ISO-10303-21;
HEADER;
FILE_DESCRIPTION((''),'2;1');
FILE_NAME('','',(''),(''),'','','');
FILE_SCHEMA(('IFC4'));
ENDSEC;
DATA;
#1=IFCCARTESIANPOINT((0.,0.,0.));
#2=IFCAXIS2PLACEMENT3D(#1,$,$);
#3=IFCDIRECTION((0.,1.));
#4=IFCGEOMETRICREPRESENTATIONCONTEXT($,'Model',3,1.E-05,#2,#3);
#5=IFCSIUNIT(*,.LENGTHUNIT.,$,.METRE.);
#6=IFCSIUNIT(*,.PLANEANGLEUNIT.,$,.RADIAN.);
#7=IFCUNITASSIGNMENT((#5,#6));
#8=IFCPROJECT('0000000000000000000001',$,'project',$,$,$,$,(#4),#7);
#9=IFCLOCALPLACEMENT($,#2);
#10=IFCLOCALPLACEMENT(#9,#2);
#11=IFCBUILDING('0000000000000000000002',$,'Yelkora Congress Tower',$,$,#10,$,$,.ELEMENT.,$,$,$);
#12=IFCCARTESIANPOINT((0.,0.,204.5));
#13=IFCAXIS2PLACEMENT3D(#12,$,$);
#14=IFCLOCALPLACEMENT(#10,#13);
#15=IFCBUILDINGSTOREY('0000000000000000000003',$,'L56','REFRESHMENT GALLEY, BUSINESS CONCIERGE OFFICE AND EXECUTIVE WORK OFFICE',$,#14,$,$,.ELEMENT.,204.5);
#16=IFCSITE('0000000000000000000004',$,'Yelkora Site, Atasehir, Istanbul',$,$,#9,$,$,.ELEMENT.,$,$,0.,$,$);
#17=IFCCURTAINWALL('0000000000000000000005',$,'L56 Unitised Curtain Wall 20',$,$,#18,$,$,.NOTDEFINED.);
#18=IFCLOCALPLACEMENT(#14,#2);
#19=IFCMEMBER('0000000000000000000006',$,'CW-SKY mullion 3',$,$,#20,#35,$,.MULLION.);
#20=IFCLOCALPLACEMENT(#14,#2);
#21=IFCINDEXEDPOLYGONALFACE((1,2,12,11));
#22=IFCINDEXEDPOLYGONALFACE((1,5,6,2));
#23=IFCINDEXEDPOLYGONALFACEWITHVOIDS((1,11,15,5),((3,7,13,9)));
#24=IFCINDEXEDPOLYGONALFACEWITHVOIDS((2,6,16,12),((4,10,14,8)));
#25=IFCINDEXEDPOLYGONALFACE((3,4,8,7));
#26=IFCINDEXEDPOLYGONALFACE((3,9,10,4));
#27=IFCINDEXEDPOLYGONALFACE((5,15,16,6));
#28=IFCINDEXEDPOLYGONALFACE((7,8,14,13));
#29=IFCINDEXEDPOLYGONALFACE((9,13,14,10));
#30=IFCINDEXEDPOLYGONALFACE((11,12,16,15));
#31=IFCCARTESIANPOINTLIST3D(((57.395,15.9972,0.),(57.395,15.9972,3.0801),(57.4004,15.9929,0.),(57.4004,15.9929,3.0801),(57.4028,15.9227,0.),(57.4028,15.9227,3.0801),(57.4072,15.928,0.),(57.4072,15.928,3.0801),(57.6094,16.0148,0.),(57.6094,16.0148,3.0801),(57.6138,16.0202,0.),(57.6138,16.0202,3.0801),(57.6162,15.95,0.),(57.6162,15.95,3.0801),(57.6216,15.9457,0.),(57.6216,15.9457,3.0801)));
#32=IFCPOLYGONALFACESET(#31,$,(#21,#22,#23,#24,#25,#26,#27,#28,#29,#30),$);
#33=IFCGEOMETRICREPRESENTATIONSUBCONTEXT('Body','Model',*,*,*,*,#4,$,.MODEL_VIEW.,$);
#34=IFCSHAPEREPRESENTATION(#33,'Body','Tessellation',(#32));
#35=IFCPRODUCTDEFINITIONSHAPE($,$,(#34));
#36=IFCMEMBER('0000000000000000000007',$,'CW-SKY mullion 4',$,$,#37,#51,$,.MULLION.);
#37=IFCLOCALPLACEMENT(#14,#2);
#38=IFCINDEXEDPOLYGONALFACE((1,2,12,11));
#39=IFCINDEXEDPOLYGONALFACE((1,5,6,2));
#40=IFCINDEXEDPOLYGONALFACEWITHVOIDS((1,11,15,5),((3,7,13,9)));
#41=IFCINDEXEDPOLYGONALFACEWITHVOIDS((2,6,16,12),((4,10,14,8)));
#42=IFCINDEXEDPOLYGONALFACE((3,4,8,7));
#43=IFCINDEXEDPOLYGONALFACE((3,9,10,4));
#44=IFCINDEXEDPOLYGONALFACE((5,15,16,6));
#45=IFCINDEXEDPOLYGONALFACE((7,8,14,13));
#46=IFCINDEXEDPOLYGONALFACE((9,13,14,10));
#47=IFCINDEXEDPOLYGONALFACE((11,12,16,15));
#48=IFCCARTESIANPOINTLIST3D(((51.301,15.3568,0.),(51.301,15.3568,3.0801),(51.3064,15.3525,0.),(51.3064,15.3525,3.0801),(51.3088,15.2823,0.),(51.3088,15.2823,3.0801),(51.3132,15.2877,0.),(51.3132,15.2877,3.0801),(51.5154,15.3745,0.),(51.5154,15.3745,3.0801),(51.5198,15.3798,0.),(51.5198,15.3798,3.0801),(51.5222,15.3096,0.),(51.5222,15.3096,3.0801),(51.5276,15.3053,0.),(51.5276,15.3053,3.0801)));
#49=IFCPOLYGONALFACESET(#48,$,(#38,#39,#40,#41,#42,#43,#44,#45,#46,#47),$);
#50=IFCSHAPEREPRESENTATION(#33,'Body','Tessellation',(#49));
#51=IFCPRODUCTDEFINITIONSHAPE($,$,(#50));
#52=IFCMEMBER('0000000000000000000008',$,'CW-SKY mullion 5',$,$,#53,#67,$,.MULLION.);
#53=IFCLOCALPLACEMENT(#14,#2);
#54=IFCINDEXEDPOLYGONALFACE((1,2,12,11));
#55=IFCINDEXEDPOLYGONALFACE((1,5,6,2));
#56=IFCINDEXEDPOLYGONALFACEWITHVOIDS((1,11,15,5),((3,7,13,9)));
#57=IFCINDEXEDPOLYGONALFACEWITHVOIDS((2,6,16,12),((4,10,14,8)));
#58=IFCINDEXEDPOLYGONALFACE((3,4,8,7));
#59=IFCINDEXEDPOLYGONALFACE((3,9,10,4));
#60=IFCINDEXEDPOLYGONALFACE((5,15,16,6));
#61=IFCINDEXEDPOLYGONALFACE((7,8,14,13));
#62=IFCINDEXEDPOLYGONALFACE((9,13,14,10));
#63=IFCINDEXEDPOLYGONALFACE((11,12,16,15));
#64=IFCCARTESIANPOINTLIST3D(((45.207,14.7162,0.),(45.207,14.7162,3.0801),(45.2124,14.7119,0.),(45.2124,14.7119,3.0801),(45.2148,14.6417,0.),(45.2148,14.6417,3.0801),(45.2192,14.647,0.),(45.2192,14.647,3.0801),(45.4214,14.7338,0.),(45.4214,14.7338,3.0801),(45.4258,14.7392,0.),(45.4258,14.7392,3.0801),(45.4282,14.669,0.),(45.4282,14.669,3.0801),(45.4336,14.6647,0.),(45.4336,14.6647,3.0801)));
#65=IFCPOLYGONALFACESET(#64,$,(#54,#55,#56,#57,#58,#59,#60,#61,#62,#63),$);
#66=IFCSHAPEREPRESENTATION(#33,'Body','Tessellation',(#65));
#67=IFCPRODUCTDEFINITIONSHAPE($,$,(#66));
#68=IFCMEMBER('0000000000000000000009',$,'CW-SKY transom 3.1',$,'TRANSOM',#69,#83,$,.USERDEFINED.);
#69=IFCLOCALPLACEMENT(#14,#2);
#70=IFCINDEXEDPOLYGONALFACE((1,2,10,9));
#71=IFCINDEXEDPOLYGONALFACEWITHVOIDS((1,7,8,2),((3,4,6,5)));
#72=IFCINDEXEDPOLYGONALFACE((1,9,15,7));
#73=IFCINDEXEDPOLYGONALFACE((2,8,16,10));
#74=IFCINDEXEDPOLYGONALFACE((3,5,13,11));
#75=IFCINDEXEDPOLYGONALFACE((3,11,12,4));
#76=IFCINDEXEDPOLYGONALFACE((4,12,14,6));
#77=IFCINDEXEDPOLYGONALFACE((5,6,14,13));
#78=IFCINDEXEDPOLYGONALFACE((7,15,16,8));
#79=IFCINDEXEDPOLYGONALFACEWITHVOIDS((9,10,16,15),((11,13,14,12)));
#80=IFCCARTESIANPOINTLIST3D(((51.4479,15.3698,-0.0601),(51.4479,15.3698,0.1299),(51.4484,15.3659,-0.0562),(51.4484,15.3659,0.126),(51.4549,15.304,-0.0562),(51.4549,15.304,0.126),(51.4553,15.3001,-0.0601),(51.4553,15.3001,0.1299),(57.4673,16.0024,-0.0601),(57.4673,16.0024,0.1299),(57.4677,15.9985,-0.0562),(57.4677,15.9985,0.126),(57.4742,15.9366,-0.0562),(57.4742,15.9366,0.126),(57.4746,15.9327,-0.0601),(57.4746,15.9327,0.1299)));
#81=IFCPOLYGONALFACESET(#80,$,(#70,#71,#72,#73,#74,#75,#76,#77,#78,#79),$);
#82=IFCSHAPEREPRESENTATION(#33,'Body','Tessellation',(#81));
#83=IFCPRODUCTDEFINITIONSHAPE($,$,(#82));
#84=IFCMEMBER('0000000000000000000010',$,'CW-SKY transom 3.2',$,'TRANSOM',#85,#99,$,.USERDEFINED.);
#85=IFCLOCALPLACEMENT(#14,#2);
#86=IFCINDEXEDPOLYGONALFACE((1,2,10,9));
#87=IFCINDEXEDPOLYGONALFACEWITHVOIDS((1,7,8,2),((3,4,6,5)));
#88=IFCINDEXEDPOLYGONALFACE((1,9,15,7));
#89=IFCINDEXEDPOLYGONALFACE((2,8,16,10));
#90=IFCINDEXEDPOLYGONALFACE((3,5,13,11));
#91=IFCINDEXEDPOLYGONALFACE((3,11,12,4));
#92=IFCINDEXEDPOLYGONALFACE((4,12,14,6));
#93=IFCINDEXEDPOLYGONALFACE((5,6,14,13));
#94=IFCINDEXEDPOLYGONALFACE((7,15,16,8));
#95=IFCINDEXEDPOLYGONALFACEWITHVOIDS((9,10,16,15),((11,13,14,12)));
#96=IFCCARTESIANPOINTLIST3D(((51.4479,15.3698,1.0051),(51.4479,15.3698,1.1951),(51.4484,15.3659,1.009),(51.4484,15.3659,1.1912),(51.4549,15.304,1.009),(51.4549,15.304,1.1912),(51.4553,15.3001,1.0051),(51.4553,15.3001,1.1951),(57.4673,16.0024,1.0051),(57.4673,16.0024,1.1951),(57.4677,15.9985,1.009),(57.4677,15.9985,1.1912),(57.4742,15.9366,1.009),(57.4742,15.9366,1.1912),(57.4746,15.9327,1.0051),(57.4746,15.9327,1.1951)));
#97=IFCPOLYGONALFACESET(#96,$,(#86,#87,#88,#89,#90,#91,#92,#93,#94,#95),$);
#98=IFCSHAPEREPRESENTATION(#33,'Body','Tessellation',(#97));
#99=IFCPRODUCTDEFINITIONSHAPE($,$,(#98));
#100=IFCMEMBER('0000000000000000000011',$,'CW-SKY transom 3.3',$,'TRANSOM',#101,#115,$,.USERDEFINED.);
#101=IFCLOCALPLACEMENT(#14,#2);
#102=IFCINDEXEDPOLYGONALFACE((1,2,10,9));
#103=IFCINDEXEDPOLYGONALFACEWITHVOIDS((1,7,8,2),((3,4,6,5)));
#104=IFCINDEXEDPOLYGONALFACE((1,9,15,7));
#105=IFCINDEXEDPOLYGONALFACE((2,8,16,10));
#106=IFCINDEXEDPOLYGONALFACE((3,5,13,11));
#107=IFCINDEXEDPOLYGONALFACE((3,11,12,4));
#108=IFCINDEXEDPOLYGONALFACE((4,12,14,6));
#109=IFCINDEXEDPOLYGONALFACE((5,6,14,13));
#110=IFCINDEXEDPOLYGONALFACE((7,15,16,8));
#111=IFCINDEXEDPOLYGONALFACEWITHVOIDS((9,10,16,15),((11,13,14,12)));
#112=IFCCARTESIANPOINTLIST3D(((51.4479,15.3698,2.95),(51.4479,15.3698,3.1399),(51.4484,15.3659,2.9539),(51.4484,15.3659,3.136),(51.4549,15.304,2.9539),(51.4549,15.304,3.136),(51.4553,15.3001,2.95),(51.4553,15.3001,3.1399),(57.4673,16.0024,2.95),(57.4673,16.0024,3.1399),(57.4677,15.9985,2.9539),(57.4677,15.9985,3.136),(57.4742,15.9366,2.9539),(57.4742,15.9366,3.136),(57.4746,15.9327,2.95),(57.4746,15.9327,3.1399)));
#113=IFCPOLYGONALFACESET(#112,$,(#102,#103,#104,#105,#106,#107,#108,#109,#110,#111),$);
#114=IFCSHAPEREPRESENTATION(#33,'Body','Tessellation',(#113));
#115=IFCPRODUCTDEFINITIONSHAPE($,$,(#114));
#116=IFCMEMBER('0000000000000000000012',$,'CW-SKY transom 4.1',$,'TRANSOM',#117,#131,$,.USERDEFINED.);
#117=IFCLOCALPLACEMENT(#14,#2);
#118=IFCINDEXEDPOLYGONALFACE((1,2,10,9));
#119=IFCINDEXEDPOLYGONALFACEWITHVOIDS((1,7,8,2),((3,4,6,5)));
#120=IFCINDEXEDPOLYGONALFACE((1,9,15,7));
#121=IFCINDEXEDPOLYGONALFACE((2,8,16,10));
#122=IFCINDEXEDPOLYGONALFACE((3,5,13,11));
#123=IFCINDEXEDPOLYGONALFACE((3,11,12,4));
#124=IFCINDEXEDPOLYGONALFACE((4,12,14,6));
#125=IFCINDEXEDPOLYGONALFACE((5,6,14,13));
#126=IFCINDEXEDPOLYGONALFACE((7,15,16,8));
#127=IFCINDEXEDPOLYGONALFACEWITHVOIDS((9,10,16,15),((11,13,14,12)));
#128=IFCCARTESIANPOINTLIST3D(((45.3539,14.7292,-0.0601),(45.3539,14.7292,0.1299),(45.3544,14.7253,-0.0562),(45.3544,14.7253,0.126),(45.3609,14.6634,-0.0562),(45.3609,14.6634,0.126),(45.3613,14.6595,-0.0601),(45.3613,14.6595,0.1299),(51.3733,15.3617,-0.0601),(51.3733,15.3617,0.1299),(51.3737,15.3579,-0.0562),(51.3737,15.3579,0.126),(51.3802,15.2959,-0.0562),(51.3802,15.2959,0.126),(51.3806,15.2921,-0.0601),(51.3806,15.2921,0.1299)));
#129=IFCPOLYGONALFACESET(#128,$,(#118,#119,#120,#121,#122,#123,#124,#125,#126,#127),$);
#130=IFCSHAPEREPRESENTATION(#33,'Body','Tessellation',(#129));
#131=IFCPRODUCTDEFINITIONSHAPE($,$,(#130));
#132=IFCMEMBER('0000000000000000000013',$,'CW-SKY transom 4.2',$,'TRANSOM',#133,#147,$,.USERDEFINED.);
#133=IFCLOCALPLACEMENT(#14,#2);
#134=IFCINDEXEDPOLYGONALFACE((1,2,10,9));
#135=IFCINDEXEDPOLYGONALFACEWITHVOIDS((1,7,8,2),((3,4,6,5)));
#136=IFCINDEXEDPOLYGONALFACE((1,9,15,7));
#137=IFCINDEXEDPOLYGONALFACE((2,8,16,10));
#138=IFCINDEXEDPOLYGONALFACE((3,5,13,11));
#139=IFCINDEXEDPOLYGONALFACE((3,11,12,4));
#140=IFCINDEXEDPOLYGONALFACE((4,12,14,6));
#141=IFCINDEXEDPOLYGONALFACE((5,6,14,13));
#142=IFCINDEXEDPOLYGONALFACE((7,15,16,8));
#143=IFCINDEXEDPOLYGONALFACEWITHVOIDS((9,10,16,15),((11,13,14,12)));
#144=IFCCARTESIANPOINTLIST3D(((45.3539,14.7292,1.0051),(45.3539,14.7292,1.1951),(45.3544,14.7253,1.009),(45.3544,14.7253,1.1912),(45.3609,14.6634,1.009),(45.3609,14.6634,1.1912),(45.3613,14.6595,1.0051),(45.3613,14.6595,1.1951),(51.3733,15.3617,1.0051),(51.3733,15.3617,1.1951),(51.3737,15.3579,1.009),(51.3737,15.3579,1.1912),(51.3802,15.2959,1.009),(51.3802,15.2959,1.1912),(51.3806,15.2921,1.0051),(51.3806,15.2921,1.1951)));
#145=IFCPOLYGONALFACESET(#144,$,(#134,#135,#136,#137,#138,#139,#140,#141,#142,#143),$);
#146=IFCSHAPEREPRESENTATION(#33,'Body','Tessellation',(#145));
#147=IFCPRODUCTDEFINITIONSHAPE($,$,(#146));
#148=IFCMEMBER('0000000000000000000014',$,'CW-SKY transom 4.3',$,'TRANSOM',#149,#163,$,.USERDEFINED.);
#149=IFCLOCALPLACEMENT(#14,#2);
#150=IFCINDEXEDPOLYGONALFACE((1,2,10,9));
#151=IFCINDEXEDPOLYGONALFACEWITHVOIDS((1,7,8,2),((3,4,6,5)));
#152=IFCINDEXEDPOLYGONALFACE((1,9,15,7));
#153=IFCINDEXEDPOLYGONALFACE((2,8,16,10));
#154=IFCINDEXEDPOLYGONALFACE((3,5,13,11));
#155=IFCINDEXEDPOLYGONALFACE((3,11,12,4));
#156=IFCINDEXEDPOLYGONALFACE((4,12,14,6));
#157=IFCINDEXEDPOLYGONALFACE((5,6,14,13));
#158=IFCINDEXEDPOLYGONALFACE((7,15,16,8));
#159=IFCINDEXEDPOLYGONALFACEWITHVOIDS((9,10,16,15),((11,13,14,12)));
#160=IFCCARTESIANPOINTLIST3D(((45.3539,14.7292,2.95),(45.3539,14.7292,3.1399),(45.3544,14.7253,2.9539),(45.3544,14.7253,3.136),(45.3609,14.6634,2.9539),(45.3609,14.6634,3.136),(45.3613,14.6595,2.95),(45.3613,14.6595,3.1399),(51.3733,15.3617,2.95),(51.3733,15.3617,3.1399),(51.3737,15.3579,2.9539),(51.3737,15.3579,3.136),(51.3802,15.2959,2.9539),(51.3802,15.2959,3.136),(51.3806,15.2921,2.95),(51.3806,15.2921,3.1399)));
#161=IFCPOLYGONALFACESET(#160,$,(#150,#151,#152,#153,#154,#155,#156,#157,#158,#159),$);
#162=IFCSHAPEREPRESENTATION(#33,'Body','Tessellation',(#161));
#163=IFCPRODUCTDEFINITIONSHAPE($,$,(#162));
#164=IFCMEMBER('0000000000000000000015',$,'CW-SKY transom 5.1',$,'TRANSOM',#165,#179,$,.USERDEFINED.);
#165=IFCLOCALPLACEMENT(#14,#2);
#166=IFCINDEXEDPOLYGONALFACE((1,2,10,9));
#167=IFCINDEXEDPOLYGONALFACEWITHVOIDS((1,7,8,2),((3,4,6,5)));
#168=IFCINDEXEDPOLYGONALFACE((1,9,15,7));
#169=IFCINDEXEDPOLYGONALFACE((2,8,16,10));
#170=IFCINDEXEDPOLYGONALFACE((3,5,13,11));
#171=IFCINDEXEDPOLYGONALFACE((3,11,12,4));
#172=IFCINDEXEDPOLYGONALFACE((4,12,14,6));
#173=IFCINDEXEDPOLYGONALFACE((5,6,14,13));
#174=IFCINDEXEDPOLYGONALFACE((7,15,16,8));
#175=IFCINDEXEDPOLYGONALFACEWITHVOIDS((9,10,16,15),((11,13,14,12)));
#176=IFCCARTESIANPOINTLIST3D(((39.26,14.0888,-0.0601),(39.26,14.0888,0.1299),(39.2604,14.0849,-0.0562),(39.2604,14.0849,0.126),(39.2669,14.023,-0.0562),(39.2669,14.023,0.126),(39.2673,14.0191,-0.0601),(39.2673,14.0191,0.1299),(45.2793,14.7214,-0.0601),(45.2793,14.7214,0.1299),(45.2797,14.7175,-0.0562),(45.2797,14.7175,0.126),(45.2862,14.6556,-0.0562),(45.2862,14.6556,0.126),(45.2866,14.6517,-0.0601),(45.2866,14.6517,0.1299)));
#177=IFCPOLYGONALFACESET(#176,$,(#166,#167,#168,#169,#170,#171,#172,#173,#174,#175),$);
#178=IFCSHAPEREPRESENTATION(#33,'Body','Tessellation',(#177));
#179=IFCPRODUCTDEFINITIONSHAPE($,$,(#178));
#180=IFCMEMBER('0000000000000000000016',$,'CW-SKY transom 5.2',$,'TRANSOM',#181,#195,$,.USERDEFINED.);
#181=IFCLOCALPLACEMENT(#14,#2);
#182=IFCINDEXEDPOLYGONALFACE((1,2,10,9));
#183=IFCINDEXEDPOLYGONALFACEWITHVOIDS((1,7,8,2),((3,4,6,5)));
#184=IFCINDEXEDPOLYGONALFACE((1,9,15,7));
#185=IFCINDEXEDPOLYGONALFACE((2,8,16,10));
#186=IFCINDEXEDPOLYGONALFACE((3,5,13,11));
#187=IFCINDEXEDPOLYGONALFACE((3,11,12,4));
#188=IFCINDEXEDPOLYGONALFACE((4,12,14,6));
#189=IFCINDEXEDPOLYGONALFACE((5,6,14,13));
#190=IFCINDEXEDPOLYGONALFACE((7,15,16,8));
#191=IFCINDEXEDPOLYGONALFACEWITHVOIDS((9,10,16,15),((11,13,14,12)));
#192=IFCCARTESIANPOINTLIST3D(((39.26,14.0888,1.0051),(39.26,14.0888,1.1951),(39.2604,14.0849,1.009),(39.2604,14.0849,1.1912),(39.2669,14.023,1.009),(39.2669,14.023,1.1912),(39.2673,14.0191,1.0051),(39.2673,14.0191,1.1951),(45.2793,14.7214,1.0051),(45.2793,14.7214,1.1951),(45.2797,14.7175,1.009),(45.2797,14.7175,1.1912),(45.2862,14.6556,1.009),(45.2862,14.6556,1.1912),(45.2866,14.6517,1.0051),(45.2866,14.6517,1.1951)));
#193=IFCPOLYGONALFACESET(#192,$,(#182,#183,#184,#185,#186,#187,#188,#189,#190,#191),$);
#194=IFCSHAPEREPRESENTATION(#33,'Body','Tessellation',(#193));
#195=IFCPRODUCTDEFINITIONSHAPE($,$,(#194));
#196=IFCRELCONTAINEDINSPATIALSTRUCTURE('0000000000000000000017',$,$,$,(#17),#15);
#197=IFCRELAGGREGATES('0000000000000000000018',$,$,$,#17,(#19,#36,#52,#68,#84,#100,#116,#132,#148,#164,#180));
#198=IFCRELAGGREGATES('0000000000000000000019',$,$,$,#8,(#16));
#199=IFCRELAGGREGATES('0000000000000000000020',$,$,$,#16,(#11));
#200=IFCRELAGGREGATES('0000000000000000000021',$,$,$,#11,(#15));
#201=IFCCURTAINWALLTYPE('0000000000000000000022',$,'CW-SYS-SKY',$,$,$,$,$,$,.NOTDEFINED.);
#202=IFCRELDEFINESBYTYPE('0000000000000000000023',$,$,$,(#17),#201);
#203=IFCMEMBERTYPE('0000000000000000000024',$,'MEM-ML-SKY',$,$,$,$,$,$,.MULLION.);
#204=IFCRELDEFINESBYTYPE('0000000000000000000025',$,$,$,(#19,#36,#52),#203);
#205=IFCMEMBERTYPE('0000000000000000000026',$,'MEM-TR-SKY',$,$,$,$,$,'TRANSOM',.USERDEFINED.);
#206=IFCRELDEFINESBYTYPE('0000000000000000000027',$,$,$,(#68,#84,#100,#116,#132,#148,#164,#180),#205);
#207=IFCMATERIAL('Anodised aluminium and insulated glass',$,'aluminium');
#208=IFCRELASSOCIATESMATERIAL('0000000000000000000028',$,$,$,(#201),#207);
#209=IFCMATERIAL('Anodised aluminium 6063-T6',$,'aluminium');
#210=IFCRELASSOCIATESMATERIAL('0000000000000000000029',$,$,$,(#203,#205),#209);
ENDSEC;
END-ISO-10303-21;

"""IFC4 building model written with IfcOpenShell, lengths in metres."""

from ifc_helpers import new_model, si_unit, direction, frame, origin, origin_2d, place, context, subcontext, project, spatial, hollow_rectangle, extrude, material, material_profile, profile_set, type_object, element, aggregate, save


model = new_model("IFC4")

# Units and contexts
model_context = context("Model", 3, precision=1e-05, world=origin(), true_north=direction((0.0, 1.0)))
body_context = subcontext(model_context, "Body", "Model", "MODEL_VIEW")
ifc_project = project(units=[si_unit("LENGTHUNIT", "METRE"), si_unit("PLANEANGLEUNIT", "RADIAN")], contexts=[model_context])

# Site, building, storey
site_placement = place(None, origin())
site = spatial("IfcSite", under=ifc_project, at=site_placement, Name="Yelkora Site, Atasehir, Istanbul", CompositionType="ELEMENT", RefElevation=0.0)
building_placement = place(site_placement, origin())
building = spatial("IfcBuilding", under=site, at=building_placement, Name="Yelkora Congress Tower", CompositionType="ELEMENT")
storey_placement = place(building_placement, frame((0.0, 0.0, 204.5)))
storey = spatial("IfcBuildingStorey", under=building, at=storey_placement, Name="L56", Description="REFRESHMENT GALLEY, BUSINESS CONCIERGE OFFICE AND EXECUTIVE WORK OFFICE", CompositionType="ELEMENT", Elevation=204.5)

# Curtain wall, members
ifc_material_1 = material(Name="Anodised aluminium and insulated glass", Category="aluminium")
curtain_wall_type = type_object("IfcCurtainWallType", Name="CW-SYS-SKY", PredefinedType="NOTDEFINED", material=ifc_material_1)
curtain_wall_placement = place(storey_placement, origin())
curtain_wall = element("IfcCurtainWall", 1, at=curtain_wall_placement, inside=storey, type_object=curtain_wall_type, Name="L56 Unitised Curtain Wall 20", PredefinedType="NOTDEFINED")
ifc_material_2 = material(Name="Anodised aluminium 6063-T6", Category="aluminium")
ifc_material_profile_1 = material_profile(ifc_material_2, hollow_rectangle(XDim=0.075, YDim=0.22, WallThickness=0.0049, at=origin_2d()), Name="ALU 75x220x5")
ifc_profile_set_1 = profile_set([ifc_material_profile_1], Name="Anodised aluminium 6063-T6")
member_type_1 = type_object("IfcMemberType", Name="MEM-ML-SKY", PredefinedType="MULLION", material=ifc_profile_set_1)
member_1_placement = place(storey_placement, frame((57.5083, 15.9714, 0.0), z_axis=(0.0, 0.0, 1.0), x_axis=(0.104527, -0.994522, 0.0)))
member_1 = element("IfcMember", 2, at=member_1_placement, type_object=member_type_1, Name="CW-SKY mullion 3", PredefinedType="MULLION", context=body_context, shape_type="SweptSolid", body=[
    extrude(hollow_rectangle(XDim=0.075, YDim=0.22, WallThickness=0.0049, at=origin_2d()), origin(), (0.0, 0.0, 1.0), 3.0801),
])
member_2_placement = place(storey_placement, frame((51.4143, 15.3311, 0.0), z_axis=(0.0, 0.0, 1.0), x_axis=(0.104527, -0.994522, 0.0)))
member_2 = element("IfcMember", 3, at=member_2_placement, type_object=member_type_1, Name="CW-SKY mullion 4", PredefinedType="MULLION", context=body_context, shape_type="SweptSolid", body=[
    extrude(hollow_rectangle(XDim=0.075, YDim=0.22, WallThickness=0.0049, at=origin_2d()), origin(), (0.0, 0.0, 1.0), 3.0801),
])
member_3_placement = place(storey_placement, frame((45.3203, 14.6904, 0.0), z_axis=(0.0, 0.0, 1.0), x_axis=(0.104527, -0.994522, 0.0)))
member_3 = element("IfcMember", 4, at=member_3_placement, type_object=member_type_1, Name="CW-SKY mullion 5", PredefinedType="MULLION", context=body_context, shape_type="SweptSolid", body=[
    extrude(hollow_rectangle(XDim=0.075, YDim=0.22, WallThickness=0.0049, at=origin_2d()), origin(), (0.0, 0.0, 1.0), 3.0801),
])
ifc_material_profile_2 = material_profile(ifc_material_2, hollow_rectangle(XDim=0.0701, YDim=0.1899, WallThickness=0.0039, at=origin_2d()), Name="ALU 70x190x4")
ifc_profile_set_2 = profile_set([ifc_material_profile_2], Name="Anodised aluminium 6063-T6")
member_type_2 = type_object("IfcMemberType", Name="MEM-TR-SKY", ElementType="TRANSOM", PredefinedType="USERDEFINED", material=ifc_profile_set_2)
member_4_placement = place(storey_placement, frame((57.4709, 15.9675, 0.0349), z_axis=(-0.994523, -0.104515, 0.0), x_axis=(0.104515, -0.994523, 0.0)))
member_4 = element("IfcMember", 5, at=member_4_placement, type_object=member_type_2, Name="CW-SKY transom 3.1", ObjectType="TRANSOM", PredefinedType="USERDEFINED", context=body_context, shape_type="SweptSolid", body=[
    extrude(hollow_rectangle(XDim=0.0701, YDim=0.1899, WallThickness=0.0039, at=origin_2d()), origin(), (0.0, 0.0, 1.0), 6.0525),
])
member_5_placement = place(storey_placement, frame((57.4709, 15.9675, 1.1001), z_axis=(-0.994523, -0.104515, 0.0), x_axis=(0.104515, -0.994523, 0.0)))
member_5 = element("IfcMember", 6, at=member_5_placement, type_object=member_type_2, Name="CW-SKY transom 3.2", ObjectType="TRANSOM", PredefinedType="USERDEFINED", context=body_context, shape_type="SweptSolid", body=[
    extrude(hollow_rectangle(XDim=0.0701, YDim=0.1899, WallThickness=0.0039, at=origin_2d()), origin(), (0.0, 0.0, 1.0), 6.0525),
])
member_6_placement = place(storey_placement, frame((57.4709, 15.9675, 3.0449), z_axis=(-0.994523, -0.104515, 0.0), x_axis=(0.104515, -0.994523, 0.0)))
member_6 = element("IfcMember", 7, at=member_6_placement, type_object=member_type_2, Name="CW-SKY transom 3.3", ObjectType="TRANSOM", PredefinedType="USERDEFINED", context=body_context, shape_type="SweptSolid", body=[
    extrude(hollow_rectangle(XDim=0.0701, YDim=0.1899, WallThickness=0.0039, at=origin_2d()), origin(), (0.0, 0.0, 1.0), 6.0525),
])
member_7_placement = place(storey_placement, frame((51.377, 15.3269, 0.0349), z_axis=(-0.994523, -0.104515, 0.0), x_axis=(0.104515, -0.994523, 0.0)))
member_7 = element("IfcMember", 8, at=member_7_placement, type_object=member_type_2, Name="CW-SKY transom 4.1", ObjectType="TRANSOM", PredefinedType="USERDEFINED", context=body_context, shape_type="SweptSolid", body=[
    extrude(hollow_rectangle(XDim=0.0701, YDim=0.1899, WallThickness=0.0039, at=origin_2d()), origin(), (0.0, 0.0, 1.0), 6.0525),
])
member_8_placement = place(storey_placement, frame((51.377, 15.3269, 1.1001), z_axis=(-0.994523, -0.104515, 0.0), x_axis=(0.104515, -0.994523, 0.0)))
member_8 = element("IfcMember", 9, at=member_8_placement, type_object=member_type_2, Name="CW-SKY transom 4.2", ObjectType="TRANSOM", PredefinedType="USERDEFINED", context=body_context, shape_type="SweptSolid", body=[
    extrude(hollow_rectangle(XDim=0.0701, YDim=0.1899, WallThickness=0.0039, at=origin_2d()), origin(), (0.0, 0.0, 1.0), 6.0525),
])
member_9_placement = place(storey_placement, frame((51.377, 15.3269, 3.0449), z_axis=(-0.994523, -0.104515, 0.0), x_axis=(0.104515, -0.994523, 0.0)))
member_9 = element("IfcMember", 10, at=member_9_placement, type_object=member_type_2, Name="CW-SKY transom 4.3", ObjectType="TRANSOM", PredefinedType="USERDEFINED", context=body_context, shape_type="SweptSolid", body=[
    extrude(hollow_rectangle(XDim=0.0701, YDim=0.1899, WallThickness=0.0039, at=origin_2d()), origin(), (0.0, 0.0, 1.0), 6.0525),
])
member_10_placement = place(storey_placement, frame((45.283, 14.6865, 0.0349), z_axis=(-0.994523, -0.104515, 0.0), x_axis=(0.104515, -0.994523, 0.0)))
member_10 = element("IfcMember", 11, at=member_10_placement, type_object=member_type_2, Name="CW-SKY transom 5.1", ObjectType="TRANSOM", PredefinedType="USERDEFINED", context=body_context, shape_type="SweptSolid", body=[
    extrude(hollow_rectangle(XDim=0.0701, YDim=0.1899, WallThickness=0.0039, at=origin_2d()), origin(), (0.0, 0.0, 1.0), 6.0525),
])
member_11_placement = place(storey_placement, frame((45.283, 14.6865, 1.1001), z_axis=(-0.994523, -0.104515, 0.0), x_axis=(0.104515, -0.994523, 0.0)))
member_11 = element("IfcMember", 12, at=member_11_placement, type_object=member_type_2, Name="CW-SKY transom 5.2", ObjectType="TRANSOM", PredefinedType="USERDEFINED", context=body_context, shape_type="SweptSolid", body=[
    extrude(hollow_rectangle(XDim=0.0701, YDim=0.1899, WallThickness=0.0039, at=origin_2d()), origin(), (0.0, 0.0, 1.0), 6.0525),
])
aggregate(curtain_wall, [member_1, member_2, member_3, member_4, member_5, member_6, member_7, member_8, member_9, member_10, member_11])

save(model, "model.ifc")
